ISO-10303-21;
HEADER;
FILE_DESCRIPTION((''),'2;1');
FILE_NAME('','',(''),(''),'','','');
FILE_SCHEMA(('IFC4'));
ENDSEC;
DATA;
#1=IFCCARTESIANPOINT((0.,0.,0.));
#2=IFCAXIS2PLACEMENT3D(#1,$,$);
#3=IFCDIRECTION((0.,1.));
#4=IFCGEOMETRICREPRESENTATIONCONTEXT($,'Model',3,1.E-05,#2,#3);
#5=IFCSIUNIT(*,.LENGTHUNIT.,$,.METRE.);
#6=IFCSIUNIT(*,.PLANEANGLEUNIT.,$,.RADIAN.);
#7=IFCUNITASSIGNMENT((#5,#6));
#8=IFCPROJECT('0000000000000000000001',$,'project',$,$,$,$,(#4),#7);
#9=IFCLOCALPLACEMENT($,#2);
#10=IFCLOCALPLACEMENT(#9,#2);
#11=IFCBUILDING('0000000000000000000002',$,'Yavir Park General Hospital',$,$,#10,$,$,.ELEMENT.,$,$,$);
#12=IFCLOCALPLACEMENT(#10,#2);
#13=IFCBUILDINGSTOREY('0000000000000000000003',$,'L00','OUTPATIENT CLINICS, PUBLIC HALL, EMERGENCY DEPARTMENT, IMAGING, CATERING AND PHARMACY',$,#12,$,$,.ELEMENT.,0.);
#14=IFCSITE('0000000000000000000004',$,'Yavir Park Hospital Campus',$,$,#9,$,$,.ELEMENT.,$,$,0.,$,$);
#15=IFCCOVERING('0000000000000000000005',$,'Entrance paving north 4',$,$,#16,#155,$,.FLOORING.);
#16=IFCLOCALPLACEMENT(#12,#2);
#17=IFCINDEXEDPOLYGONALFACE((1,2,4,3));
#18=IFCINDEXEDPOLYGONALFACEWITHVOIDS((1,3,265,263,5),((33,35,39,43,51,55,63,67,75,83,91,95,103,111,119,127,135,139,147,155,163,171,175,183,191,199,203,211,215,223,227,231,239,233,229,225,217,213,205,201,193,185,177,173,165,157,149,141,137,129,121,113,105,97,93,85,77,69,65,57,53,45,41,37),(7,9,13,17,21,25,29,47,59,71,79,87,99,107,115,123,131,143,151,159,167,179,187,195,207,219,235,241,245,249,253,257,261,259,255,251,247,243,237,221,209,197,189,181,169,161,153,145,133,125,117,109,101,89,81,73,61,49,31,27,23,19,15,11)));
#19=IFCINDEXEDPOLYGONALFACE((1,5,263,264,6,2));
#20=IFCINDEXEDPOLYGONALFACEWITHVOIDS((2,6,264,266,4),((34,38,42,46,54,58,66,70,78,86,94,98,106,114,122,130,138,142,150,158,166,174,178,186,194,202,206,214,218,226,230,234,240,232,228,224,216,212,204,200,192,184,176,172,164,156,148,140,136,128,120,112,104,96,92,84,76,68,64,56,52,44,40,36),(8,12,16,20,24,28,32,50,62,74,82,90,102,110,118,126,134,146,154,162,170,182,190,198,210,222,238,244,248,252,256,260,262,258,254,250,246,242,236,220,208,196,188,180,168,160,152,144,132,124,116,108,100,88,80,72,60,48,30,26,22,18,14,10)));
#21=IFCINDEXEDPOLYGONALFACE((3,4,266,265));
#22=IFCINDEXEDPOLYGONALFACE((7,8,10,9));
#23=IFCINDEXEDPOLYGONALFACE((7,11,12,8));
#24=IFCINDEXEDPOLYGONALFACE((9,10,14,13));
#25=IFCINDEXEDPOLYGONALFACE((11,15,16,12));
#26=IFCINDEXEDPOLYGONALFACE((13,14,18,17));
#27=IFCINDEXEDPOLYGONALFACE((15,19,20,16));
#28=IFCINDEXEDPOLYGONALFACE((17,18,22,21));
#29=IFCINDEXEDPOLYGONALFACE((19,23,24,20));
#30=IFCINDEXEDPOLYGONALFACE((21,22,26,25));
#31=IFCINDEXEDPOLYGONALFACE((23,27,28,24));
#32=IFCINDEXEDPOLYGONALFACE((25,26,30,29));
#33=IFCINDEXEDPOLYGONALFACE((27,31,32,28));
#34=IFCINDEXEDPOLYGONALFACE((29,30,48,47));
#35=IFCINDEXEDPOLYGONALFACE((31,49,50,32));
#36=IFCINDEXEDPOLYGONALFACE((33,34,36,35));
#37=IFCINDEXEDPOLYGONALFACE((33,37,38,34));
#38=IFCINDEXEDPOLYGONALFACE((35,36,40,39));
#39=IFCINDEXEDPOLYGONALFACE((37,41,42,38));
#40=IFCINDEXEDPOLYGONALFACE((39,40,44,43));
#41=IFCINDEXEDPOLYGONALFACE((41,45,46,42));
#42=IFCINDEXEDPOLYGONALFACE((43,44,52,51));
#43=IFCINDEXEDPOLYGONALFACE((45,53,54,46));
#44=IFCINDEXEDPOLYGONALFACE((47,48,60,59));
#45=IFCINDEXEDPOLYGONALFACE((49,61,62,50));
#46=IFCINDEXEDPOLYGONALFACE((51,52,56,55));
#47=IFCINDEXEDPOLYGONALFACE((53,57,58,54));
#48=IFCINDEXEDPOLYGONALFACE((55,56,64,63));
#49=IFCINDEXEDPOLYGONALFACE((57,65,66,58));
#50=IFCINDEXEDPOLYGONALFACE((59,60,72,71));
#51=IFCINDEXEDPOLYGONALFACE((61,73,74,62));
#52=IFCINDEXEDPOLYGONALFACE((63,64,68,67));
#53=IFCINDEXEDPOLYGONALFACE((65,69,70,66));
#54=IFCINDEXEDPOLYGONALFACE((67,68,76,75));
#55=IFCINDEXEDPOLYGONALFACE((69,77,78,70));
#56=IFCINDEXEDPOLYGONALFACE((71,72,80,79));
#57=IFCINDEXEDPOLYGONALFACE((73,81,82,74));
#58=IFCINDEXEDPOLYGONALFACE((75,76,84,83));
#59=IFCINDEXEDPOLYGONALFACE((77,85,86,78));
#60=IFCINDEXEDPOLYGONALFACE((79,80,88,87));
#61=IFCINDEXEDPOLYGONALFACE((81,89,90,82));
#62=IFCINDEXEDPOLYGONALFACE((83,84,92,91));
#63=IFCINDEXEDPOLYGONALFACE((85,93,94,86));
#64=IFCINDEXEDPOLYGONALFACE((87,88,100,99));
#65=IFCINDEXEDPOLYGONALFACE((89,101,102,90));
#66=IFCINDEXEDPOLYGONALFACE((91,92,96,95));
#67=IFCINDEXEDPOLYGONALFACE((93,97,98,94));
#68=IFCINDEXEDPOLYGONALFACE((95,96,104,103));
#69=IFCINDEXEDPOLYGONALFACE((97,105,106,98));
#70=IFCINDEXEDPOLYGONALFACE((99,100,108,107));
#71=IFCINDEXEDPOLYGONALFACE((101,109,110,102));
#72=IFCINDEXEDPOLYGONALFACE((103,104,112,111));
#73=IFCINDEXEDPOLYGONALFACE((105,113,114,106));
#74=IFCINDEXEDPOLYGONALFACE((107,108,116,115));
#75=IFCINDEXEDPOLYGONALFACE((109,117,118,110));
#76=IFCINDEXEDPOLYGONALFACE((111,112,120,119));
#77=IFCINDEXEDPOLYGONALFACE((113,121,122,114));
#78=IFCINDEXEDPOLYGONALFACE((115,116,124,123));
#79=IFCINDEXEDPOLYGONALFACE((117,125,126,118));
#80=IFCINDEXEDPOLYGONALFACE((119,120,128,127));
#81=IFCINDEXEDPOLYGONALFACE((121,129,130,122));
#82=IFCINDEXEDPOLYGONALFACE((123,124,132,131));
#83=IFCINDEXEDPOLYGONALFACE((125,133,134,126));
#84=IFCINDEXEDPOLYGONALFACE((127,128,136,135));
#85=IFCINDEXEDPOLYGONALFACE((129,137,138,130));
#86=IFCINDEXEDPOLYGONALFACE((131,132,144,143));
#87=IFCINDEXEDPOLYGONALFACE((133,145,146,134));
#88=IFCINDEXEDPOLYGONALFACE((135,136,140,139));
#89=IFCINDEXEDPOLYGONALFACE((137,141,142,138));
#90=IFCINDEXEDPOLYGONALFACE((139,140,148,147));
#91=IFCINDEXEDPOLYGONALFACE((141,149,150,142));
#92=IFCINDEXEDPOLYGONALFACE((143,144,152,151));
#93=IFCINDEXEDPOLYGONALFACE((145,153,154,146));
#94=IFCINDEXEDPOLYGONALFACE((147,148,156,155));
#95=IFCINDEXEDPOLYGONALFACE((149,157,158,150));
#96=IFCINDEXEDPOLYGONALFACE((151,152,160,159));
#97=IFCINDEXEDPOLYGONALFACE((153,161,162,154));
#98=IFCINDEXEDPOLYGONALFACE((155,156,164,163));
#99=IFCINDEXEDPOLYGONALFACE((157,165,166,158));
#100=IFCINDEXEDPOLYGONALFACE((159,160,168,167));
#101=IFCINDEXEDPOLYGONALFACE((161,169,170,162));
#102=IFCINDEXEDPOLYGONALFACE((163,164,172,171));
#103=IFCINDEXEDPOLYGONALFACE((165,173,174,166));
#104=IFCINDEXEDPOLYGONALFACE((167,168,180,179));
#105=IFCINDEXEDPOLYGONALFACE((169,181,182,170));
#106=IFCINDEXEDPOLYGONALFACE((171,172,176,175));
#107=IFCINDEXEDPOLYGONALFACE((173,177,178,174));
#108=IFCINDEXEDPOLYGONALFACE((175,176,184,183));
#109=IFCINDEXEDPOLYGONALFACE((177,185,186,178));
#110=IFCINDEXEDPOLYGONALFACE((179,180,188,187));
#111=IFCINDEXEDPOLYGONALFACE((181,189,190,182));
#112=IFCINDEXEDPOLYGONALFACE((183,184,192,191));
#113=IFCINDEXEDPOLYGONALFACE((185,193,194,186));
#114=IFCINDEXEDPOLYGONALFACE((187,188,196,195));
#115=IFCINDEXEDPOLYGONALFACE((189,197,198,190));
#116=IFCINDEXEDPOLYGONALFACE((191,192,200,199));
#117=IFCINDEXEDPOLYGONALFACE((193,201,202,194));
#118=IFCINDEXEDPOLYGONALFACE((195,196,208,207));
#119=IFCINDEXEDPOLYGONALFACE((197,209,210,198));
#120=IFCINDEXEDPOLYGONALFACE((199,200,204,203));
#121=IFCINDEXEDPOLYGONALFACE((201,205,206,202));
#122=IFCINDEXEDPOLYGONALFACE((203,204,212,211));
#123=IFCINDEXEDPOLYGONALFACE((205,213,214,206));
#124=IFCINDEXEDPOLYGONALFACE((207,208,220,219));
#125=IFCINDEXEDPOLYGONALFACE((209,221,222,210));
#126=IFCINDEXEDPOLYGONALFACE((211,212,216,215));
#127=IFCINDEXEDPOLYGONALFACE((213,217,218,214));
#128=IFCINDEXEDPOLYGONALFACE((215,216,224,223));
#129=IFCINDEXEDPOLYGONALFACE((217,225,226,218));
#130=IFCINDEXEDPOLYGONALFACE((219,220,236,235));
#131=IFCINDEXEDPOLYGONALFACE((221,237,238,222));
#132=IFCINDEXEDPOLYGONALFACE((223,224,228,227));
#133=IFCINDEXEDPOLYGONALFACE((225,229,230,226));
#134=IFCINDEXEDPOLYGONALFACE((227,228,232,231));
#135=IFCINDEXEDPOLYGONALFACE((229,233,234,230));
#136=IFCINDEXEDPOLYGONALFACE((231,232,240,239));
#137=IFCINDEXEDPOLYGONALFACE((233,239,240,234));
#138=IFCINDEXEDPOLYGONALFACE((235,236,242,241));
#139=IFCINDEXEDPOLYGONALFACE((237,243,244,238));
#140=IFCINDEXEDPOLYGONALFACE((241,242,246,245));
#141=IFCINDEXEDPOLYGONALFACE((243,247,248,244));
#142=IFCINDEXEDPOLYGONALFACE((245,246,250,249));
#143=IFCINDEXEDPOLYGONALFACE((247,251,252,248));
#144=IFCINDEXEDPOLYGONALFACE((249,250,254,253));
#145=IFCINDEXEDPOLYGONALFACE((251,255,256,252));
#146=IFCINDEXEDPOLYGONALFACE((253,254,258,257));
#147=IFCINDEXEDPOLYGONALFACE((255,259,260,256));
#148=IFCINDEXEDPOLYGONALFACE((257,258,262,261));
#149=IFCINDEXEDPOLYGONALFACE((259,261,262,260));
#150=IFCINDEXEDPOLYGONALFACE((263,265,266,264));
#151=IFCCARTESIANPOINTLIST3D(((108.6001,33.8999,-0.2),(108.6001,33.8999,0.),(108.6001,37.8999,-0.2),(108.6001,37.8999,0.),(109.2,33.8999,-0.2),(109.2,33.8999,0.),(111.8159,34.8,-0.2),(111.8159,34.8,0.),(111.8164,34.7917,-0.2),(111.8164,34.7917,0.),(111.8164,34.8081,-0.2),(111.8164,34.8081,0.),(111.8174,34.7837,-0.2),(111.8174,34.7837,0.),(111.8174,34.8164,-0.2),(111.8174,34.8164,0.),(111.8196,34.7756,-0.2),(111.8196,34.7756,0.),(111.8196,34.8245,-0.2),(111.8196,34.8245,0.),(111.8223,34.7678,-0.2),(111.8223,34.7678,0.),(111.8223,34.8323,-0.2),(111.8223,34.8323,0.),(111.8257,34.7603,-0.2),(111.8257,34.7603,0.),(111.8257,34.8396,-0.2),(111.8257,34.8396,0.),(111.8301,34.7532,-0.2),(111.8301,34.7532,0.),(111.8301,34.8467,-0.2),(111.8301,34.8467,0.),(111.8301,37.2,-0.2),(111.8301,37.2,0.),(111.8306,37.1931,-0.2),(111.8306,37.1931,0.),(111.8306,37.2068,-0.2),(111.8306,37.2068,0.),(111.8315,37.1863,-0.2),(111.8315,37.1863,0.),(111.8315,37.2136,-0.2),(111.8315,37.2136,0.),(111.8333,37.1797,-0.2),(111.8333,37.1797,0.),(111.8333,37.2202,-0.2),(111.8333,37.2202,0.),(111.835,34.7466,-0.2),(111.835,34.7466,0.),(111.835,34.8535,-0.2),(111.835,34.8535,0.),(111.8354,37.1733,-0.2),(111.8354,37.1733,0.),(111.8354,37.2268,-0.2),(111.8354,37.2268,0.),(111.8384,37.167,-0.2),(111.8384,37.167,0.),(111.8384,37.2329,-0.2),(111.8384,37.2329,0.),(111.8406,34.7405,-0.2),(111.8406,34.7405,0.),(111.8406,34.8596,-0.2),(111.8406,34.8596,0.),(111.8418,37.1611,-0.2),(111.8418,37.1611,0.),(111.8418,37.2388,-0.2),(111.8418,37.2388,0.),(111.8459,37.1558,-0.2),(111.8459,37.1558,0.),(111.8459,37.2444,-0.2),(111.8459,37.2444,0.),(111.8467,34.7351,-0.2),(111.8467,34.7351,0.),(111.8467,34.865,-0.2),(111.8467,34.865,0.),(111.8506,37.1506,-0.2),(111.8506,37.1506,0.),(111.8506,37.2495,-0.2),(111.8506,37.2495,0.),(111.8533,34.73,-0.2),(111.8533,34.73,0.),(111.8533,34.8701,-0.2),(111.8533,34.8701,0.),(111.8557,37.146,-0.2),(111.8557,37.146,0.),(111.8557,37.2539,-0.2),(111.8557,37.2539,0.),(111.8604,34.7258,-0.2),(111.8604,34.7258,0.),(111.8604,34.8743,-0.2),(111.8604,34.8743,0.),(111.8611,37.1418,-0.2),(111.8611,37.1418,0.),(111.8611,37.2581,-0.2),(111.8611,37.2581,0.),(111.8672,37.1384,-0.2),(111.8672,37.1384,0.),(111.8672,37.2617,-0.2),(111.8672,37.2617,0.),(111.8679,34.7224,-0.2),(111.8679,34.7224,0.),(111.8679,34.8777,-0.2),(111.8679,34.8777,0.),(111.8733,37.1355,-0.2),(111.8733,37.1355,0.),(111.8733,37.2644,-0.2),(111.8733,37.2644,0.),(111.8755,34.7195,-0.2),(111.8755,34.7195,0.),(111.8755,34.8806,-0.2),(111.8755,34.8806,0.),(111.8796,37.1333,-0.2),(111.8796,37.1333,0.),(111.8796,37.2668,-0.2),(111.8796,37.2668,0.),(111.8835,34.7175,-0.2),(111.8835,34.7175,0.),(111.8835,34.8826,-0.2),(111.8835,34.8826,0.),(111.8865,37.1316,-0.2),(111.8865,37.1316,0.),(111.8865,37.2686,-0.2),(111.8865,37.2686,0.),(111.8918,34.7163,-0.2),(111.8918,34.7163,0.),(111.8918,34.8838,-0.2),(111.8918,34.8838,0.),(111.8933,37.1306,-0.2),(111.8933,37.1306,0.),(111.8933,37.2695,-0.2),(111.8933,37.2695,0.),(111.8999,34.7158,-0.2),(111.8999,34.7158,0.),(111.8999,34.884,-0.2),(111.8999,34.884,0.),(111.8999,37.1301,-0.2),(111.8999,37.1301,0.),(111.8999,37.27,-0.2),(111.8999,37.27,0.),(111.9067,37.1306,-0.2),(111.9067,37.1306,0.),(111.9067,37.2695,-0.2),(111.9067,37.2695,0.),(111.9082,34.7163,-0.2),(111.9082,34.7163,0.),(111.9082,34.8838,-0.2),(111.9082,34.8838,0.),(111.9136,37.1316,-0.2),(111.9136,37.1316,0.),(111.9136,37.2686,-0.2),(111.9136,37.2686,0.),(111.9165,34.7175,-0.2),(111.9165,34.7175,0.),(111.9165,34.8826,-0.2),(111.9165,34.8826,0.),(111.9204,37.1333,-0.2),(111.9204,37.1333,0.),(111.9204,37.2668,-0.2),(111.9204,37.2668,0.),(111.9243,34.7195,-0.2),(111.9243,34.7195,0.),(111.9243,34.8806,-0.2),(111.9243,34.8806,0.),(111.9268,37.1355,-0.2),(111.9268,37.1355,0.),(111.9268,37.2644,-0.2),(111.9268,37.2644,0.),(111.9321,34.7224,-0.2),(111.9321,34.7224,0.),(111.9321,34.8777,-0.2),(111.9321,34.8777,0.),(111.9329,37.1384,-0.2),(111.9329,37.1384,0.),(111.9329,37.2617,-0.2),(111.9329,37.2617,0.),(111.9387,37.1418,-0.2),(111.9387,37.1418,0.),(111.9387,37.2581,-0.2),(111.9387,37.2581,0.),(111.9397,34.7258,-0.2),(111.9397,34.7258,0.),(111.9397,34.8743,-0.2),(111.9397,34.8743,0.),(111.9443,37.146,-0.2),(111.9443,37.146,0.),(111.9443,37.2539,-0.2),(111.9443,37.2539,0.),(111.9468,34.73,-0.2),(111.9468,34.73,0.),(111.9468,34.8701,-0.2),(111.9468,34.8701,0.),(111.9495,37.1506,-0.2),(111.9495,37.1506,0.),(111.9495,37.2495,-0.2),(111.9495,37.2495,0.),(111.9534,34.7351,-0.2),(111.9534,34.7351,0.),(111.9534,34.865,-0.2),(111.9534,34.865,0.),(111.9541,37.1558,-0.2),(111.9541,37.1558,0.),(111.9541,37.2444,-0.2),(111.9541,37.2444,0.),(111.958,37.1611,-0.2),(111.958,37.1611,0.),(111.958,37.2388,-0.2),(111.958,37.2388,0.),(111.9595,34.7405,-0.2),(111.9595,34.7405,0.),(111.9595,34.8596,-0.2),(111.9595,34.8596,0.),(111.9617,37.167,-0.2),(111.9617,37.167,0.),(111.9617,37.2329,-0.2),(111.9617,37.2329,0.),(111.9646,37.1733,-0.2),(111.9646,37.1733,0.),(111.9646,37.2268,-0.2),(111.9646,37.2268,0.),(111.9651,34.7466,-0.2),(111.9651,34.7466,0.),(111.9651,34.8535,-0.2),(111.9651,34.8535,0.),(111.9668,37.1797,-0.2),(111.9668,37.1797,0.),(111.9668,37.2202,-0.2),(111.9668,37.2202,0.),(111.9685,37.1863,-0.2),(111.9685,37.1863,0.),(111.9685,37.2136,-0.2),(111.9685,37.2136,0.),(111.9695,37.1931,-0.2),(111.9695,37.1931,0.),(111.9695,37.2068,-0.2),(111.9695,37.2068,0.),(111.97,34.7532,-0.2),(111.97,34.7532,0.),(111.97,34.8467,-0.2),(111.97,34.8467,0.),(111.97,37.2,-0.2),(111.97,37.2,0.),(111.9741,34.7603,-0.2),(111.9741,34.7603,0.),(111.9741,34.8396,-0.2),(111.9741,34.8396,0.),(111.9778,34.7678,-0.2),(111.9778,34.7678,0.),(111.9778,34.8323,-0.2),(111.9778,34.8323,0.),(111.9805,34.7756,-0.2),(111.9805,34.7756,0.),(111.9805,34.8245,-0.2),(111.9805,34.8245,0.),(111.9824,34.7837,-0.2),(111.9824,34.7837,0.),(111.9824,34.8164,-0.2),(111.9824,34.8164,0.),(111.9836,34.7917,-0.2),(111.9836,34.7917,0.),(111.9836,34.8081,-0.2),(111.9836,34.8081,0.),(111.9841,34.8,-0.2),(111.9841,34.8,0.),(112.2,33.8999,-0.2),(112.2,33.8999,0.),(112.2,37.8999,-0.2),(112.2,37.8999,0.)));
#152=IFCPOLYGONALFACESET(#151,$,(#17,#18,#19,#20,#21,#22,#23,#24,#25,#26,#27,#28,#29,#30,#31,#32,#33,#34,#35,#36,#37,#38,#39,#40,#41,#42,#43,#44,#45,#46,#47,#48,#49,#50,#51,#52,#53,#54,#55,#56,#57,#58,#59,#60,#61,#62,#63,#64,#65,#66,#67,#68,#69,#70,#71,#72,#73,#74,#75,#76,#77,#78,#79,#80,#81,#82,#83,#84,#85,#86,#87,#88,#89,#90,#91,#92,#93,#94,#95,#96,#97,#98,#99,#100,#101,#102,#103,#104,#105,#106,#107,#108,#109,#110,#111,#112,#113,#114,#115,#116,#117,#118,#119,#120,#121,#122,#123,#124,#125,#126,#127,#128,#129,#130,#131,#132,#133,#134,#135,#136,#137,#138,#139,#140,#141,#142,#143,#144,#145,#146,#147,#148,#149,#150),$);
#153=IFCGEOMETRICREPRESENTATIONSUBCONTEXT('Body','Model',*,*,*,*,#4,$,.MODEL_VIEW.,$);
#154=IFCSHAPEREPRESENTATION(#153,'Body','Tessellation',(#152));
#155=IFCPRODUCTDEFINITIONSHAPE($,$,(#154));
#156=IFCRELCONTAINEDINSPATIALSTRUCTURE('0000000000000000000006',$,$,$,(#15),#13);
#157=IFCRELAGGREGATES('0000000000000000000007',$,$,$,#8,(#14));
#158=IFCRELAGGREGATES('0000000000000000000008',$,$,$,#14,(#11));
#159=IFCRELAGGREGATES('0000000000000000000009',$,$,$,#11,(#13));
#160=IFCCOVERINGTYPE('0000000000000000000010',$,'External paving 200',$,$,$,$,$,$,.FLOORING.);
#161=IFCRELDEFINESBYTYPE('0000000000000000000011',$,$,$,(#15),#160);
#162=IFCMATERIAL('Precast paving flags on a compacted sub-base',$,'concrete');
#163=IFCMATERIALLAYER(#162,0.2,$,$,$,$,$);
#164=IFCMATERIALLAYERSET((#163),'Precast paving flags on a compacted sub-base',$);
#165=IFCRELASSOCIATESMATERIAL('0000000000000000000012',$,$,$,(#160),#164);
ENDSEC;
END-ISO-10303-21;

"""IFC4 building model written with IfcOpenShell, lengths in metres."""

from ifc_helpers import new_model, si_unit, direction, frame, origin, place, context, subcontext, project, spatial, polyline, outline, extrude, material, layer, layer_set, type_object, element, save


model = new_model("IFC4")

# Units and contexts
model_context = context("Model", 3, precision=1e-05, world=origin(), true_north=direction((0.0, 1.0)))
body_context = subcontext(model_context, "Body", "Model", "MODEL_VIEW")
ifc_project = project(units=[si_unit("LENGTHUNIT", "METRE"), si_unit("PLANEANGLEUNIT", "RADIAN")], contexts=[model_context])

# Site, building, storey
site_placement = place(None, origin())
site = spatial("IfcSite", under=ifc_project, at=site_placement, Name="Yavir Park Hospital Campus", CompositionType="ELEMENT", RefElevation=0.0)
building_placement = place(site_placement, origin())
building = spatial("IfcBuilding", under=site, at=building_placement, Name="Yavir Park General Hospital", CompositionType="ELEMENT")
storey_placement = place(building_placement, origin())
storey = spatial("IfcBuildingStorey", under=building, at=storey_placement, Name="L00", Description="OUTPATIENT CLINICS, PUBLIC HALL, EMERGENCY DEPARTMENT, IMAGING, CATERING AND PHARMACY", CompositionType="ELEMENT", Elevation=0.0)

# Covering
ifc_material_1 = material(Name="Precast paving flags on a compacted sub-base", Category="concrete")
ifc_layer_1 = layer(ifc_material_1, 0.2)
ifc_layer_set_1 = layer_set([ifc_layer_1], Name="Precast paving flags on a compacted sub-base")
covering_type = type_object("IfcCoveringType", Name="External paving 200", PredefinedType="FLOORING", material=ifc_layer_set_1)
covering_1_placement = place(storey_placement, frame((0.0, 0.0, -0.2)))
element("IfcCovering", 1, at=covering_1_placement, inside=storey, type_object=covering_type, Name="Entrance paving north 4", PredefinedType="FLOORING", context=body_context, shape_type="SweptSolid", body=[
    extrude(outline(polyline([(108.6001, 37.8999), (112.2, 37.8999), (112.2, 33.8999), (109.2, 33.8999), (108.6001, 33.8999), (108.6001, 37.8999)]), holes=[polyline([(111.97, 34.8467), (111.9651, 34.8535), (111.9595, 34.8596), (111.9534, 34.865), (111.9468, 34.8701), (111.9397, 34.8743), (111.9321, 34.8777), (111.9243, 34.8806), (111.9165, 34.8826), (111.9082, 34.8838), (111.8999, 34.884), (111.8918, 34.8838), (111.8835, 34.8826), (111.8755, 34.8806), (111.8679, 34.8777), (111.8604, 34.8743), (111.8533, 34.8701), (111.8467, 34.865), (111.8406, 34.8596), (111.835, 34.8535), (111.8301, 34.8467), (111.8257, 34.8396), (111.8223, 34.8323), (111.8196, 34.8245), (111.8174, 34.8164), (111.8164, 34.8081), (111.8159, 34.8), (111.8164, 34.7917), (111.8174, 34.7837), (111.8196, 34.7756), (111.8223, 34.7678), (111.8257, 34.7603), (111.8301, 34.7532), (111.835, 34.7466), (111.8406, 34.7405), (111.8467, 34.7351), (111.8533, 34.73), (111.8604, 34.7258), (111.8679, 34.7224), (111.8755, 34.7195), (111.8835, 34.7175), (111.8918, 34.7163), (111.8999, 34.7158), (111.9082, 34.7163), (111.9165, 34.7175), (111.9243, 34.7195), (111.9321, 34.7224), (111.9397, 34.7258), (111.9468, 34.73), (111.9534, 34.7351), (111.9595, 34.7405), (111.9651, 34.7466), (111.97, 34.7532), (111.9741, 34.7603), (111.9778, 34.7678), (111.9805, 34.7756), (111.9824, 34.7837), (111.9836, 34.7917), (111.9841, 34.8), (111.9836, 34.8081), (111.9824, 34.8164), (111.9805, 34.8245), (111.9778, 34.8323), (111.9741, 34.8396), (111.97, 34.8467)]), polyline([(111.958, 37.2388), (111.9541, 37.2444), (111.9495, 37.2495), (111.9443, 37.2539), (111.9387, 37.2581), (111.9329, 37.2617), (111.9268, 37.2644), (111.9204, 37.2668), (111.9136, 37.2686), (111.9067, 37.2695), (111.8999, 37.27), (111.8933, 37.2695), (111.8865, 37.2686), (111.8796, 37.2668), (111.8733, 37.2644), (111.8672, 37.2617), (111.8611, 37.2581), (111.8557, 37.2539), (111.8506, 37.2495), (111.8459, 37.2444), (111.8418, 37.2388), (111.8384, 37.2329), (111.8354, 37.2268), (111.8333, 37.2202), (111.8315, 37.2136), (111.8306, 37.2068), (111.8301, 37.2), (111.8306, 37.1931), (111.8315, 37.1863), (111.8333, 37.1797), (111.8354, 37.1733), (111.8384, 37.167), (111.8418, 37.1611), (111.8459, 37.1558), (111.8506, 37.1506), (111.8557, 37.146), (111.8611, 37.1418), (111.8672, 37.1384), (111.8733, 37.1355), (111.8796, 37.1333), (111.8865, 37.1316), (111.8933, 37.1306), (111.8999, 37.1301), (111.9067, 37.1306), (111.9136, 37.1316), (111.9204, 37.1333), (111.9268, 37.1355), (111.9329, 37.1384), (111.9387, 37.1418), (111.9443, 37.146), (111.9495, 37.1506), (111.9541, 37.1558), (111.958, 37.1611), (111.9617, 37.167), (111.9646, 37.1733), (111.9668, 37.1797), (111.9685, 37.1863), (111.9695, 37.1931), (111.97, 37.2), (111.9695, 37.2068), (111.9685, 37.2136), (111.9668, 37.2202), (111.9646, 37.2268), (111.9617, 37.2329), (111.958, 37.2388)])]), origin(), (0.0, 0.0, 1.0), 0.2),
])

save(model, "model.ifc")
